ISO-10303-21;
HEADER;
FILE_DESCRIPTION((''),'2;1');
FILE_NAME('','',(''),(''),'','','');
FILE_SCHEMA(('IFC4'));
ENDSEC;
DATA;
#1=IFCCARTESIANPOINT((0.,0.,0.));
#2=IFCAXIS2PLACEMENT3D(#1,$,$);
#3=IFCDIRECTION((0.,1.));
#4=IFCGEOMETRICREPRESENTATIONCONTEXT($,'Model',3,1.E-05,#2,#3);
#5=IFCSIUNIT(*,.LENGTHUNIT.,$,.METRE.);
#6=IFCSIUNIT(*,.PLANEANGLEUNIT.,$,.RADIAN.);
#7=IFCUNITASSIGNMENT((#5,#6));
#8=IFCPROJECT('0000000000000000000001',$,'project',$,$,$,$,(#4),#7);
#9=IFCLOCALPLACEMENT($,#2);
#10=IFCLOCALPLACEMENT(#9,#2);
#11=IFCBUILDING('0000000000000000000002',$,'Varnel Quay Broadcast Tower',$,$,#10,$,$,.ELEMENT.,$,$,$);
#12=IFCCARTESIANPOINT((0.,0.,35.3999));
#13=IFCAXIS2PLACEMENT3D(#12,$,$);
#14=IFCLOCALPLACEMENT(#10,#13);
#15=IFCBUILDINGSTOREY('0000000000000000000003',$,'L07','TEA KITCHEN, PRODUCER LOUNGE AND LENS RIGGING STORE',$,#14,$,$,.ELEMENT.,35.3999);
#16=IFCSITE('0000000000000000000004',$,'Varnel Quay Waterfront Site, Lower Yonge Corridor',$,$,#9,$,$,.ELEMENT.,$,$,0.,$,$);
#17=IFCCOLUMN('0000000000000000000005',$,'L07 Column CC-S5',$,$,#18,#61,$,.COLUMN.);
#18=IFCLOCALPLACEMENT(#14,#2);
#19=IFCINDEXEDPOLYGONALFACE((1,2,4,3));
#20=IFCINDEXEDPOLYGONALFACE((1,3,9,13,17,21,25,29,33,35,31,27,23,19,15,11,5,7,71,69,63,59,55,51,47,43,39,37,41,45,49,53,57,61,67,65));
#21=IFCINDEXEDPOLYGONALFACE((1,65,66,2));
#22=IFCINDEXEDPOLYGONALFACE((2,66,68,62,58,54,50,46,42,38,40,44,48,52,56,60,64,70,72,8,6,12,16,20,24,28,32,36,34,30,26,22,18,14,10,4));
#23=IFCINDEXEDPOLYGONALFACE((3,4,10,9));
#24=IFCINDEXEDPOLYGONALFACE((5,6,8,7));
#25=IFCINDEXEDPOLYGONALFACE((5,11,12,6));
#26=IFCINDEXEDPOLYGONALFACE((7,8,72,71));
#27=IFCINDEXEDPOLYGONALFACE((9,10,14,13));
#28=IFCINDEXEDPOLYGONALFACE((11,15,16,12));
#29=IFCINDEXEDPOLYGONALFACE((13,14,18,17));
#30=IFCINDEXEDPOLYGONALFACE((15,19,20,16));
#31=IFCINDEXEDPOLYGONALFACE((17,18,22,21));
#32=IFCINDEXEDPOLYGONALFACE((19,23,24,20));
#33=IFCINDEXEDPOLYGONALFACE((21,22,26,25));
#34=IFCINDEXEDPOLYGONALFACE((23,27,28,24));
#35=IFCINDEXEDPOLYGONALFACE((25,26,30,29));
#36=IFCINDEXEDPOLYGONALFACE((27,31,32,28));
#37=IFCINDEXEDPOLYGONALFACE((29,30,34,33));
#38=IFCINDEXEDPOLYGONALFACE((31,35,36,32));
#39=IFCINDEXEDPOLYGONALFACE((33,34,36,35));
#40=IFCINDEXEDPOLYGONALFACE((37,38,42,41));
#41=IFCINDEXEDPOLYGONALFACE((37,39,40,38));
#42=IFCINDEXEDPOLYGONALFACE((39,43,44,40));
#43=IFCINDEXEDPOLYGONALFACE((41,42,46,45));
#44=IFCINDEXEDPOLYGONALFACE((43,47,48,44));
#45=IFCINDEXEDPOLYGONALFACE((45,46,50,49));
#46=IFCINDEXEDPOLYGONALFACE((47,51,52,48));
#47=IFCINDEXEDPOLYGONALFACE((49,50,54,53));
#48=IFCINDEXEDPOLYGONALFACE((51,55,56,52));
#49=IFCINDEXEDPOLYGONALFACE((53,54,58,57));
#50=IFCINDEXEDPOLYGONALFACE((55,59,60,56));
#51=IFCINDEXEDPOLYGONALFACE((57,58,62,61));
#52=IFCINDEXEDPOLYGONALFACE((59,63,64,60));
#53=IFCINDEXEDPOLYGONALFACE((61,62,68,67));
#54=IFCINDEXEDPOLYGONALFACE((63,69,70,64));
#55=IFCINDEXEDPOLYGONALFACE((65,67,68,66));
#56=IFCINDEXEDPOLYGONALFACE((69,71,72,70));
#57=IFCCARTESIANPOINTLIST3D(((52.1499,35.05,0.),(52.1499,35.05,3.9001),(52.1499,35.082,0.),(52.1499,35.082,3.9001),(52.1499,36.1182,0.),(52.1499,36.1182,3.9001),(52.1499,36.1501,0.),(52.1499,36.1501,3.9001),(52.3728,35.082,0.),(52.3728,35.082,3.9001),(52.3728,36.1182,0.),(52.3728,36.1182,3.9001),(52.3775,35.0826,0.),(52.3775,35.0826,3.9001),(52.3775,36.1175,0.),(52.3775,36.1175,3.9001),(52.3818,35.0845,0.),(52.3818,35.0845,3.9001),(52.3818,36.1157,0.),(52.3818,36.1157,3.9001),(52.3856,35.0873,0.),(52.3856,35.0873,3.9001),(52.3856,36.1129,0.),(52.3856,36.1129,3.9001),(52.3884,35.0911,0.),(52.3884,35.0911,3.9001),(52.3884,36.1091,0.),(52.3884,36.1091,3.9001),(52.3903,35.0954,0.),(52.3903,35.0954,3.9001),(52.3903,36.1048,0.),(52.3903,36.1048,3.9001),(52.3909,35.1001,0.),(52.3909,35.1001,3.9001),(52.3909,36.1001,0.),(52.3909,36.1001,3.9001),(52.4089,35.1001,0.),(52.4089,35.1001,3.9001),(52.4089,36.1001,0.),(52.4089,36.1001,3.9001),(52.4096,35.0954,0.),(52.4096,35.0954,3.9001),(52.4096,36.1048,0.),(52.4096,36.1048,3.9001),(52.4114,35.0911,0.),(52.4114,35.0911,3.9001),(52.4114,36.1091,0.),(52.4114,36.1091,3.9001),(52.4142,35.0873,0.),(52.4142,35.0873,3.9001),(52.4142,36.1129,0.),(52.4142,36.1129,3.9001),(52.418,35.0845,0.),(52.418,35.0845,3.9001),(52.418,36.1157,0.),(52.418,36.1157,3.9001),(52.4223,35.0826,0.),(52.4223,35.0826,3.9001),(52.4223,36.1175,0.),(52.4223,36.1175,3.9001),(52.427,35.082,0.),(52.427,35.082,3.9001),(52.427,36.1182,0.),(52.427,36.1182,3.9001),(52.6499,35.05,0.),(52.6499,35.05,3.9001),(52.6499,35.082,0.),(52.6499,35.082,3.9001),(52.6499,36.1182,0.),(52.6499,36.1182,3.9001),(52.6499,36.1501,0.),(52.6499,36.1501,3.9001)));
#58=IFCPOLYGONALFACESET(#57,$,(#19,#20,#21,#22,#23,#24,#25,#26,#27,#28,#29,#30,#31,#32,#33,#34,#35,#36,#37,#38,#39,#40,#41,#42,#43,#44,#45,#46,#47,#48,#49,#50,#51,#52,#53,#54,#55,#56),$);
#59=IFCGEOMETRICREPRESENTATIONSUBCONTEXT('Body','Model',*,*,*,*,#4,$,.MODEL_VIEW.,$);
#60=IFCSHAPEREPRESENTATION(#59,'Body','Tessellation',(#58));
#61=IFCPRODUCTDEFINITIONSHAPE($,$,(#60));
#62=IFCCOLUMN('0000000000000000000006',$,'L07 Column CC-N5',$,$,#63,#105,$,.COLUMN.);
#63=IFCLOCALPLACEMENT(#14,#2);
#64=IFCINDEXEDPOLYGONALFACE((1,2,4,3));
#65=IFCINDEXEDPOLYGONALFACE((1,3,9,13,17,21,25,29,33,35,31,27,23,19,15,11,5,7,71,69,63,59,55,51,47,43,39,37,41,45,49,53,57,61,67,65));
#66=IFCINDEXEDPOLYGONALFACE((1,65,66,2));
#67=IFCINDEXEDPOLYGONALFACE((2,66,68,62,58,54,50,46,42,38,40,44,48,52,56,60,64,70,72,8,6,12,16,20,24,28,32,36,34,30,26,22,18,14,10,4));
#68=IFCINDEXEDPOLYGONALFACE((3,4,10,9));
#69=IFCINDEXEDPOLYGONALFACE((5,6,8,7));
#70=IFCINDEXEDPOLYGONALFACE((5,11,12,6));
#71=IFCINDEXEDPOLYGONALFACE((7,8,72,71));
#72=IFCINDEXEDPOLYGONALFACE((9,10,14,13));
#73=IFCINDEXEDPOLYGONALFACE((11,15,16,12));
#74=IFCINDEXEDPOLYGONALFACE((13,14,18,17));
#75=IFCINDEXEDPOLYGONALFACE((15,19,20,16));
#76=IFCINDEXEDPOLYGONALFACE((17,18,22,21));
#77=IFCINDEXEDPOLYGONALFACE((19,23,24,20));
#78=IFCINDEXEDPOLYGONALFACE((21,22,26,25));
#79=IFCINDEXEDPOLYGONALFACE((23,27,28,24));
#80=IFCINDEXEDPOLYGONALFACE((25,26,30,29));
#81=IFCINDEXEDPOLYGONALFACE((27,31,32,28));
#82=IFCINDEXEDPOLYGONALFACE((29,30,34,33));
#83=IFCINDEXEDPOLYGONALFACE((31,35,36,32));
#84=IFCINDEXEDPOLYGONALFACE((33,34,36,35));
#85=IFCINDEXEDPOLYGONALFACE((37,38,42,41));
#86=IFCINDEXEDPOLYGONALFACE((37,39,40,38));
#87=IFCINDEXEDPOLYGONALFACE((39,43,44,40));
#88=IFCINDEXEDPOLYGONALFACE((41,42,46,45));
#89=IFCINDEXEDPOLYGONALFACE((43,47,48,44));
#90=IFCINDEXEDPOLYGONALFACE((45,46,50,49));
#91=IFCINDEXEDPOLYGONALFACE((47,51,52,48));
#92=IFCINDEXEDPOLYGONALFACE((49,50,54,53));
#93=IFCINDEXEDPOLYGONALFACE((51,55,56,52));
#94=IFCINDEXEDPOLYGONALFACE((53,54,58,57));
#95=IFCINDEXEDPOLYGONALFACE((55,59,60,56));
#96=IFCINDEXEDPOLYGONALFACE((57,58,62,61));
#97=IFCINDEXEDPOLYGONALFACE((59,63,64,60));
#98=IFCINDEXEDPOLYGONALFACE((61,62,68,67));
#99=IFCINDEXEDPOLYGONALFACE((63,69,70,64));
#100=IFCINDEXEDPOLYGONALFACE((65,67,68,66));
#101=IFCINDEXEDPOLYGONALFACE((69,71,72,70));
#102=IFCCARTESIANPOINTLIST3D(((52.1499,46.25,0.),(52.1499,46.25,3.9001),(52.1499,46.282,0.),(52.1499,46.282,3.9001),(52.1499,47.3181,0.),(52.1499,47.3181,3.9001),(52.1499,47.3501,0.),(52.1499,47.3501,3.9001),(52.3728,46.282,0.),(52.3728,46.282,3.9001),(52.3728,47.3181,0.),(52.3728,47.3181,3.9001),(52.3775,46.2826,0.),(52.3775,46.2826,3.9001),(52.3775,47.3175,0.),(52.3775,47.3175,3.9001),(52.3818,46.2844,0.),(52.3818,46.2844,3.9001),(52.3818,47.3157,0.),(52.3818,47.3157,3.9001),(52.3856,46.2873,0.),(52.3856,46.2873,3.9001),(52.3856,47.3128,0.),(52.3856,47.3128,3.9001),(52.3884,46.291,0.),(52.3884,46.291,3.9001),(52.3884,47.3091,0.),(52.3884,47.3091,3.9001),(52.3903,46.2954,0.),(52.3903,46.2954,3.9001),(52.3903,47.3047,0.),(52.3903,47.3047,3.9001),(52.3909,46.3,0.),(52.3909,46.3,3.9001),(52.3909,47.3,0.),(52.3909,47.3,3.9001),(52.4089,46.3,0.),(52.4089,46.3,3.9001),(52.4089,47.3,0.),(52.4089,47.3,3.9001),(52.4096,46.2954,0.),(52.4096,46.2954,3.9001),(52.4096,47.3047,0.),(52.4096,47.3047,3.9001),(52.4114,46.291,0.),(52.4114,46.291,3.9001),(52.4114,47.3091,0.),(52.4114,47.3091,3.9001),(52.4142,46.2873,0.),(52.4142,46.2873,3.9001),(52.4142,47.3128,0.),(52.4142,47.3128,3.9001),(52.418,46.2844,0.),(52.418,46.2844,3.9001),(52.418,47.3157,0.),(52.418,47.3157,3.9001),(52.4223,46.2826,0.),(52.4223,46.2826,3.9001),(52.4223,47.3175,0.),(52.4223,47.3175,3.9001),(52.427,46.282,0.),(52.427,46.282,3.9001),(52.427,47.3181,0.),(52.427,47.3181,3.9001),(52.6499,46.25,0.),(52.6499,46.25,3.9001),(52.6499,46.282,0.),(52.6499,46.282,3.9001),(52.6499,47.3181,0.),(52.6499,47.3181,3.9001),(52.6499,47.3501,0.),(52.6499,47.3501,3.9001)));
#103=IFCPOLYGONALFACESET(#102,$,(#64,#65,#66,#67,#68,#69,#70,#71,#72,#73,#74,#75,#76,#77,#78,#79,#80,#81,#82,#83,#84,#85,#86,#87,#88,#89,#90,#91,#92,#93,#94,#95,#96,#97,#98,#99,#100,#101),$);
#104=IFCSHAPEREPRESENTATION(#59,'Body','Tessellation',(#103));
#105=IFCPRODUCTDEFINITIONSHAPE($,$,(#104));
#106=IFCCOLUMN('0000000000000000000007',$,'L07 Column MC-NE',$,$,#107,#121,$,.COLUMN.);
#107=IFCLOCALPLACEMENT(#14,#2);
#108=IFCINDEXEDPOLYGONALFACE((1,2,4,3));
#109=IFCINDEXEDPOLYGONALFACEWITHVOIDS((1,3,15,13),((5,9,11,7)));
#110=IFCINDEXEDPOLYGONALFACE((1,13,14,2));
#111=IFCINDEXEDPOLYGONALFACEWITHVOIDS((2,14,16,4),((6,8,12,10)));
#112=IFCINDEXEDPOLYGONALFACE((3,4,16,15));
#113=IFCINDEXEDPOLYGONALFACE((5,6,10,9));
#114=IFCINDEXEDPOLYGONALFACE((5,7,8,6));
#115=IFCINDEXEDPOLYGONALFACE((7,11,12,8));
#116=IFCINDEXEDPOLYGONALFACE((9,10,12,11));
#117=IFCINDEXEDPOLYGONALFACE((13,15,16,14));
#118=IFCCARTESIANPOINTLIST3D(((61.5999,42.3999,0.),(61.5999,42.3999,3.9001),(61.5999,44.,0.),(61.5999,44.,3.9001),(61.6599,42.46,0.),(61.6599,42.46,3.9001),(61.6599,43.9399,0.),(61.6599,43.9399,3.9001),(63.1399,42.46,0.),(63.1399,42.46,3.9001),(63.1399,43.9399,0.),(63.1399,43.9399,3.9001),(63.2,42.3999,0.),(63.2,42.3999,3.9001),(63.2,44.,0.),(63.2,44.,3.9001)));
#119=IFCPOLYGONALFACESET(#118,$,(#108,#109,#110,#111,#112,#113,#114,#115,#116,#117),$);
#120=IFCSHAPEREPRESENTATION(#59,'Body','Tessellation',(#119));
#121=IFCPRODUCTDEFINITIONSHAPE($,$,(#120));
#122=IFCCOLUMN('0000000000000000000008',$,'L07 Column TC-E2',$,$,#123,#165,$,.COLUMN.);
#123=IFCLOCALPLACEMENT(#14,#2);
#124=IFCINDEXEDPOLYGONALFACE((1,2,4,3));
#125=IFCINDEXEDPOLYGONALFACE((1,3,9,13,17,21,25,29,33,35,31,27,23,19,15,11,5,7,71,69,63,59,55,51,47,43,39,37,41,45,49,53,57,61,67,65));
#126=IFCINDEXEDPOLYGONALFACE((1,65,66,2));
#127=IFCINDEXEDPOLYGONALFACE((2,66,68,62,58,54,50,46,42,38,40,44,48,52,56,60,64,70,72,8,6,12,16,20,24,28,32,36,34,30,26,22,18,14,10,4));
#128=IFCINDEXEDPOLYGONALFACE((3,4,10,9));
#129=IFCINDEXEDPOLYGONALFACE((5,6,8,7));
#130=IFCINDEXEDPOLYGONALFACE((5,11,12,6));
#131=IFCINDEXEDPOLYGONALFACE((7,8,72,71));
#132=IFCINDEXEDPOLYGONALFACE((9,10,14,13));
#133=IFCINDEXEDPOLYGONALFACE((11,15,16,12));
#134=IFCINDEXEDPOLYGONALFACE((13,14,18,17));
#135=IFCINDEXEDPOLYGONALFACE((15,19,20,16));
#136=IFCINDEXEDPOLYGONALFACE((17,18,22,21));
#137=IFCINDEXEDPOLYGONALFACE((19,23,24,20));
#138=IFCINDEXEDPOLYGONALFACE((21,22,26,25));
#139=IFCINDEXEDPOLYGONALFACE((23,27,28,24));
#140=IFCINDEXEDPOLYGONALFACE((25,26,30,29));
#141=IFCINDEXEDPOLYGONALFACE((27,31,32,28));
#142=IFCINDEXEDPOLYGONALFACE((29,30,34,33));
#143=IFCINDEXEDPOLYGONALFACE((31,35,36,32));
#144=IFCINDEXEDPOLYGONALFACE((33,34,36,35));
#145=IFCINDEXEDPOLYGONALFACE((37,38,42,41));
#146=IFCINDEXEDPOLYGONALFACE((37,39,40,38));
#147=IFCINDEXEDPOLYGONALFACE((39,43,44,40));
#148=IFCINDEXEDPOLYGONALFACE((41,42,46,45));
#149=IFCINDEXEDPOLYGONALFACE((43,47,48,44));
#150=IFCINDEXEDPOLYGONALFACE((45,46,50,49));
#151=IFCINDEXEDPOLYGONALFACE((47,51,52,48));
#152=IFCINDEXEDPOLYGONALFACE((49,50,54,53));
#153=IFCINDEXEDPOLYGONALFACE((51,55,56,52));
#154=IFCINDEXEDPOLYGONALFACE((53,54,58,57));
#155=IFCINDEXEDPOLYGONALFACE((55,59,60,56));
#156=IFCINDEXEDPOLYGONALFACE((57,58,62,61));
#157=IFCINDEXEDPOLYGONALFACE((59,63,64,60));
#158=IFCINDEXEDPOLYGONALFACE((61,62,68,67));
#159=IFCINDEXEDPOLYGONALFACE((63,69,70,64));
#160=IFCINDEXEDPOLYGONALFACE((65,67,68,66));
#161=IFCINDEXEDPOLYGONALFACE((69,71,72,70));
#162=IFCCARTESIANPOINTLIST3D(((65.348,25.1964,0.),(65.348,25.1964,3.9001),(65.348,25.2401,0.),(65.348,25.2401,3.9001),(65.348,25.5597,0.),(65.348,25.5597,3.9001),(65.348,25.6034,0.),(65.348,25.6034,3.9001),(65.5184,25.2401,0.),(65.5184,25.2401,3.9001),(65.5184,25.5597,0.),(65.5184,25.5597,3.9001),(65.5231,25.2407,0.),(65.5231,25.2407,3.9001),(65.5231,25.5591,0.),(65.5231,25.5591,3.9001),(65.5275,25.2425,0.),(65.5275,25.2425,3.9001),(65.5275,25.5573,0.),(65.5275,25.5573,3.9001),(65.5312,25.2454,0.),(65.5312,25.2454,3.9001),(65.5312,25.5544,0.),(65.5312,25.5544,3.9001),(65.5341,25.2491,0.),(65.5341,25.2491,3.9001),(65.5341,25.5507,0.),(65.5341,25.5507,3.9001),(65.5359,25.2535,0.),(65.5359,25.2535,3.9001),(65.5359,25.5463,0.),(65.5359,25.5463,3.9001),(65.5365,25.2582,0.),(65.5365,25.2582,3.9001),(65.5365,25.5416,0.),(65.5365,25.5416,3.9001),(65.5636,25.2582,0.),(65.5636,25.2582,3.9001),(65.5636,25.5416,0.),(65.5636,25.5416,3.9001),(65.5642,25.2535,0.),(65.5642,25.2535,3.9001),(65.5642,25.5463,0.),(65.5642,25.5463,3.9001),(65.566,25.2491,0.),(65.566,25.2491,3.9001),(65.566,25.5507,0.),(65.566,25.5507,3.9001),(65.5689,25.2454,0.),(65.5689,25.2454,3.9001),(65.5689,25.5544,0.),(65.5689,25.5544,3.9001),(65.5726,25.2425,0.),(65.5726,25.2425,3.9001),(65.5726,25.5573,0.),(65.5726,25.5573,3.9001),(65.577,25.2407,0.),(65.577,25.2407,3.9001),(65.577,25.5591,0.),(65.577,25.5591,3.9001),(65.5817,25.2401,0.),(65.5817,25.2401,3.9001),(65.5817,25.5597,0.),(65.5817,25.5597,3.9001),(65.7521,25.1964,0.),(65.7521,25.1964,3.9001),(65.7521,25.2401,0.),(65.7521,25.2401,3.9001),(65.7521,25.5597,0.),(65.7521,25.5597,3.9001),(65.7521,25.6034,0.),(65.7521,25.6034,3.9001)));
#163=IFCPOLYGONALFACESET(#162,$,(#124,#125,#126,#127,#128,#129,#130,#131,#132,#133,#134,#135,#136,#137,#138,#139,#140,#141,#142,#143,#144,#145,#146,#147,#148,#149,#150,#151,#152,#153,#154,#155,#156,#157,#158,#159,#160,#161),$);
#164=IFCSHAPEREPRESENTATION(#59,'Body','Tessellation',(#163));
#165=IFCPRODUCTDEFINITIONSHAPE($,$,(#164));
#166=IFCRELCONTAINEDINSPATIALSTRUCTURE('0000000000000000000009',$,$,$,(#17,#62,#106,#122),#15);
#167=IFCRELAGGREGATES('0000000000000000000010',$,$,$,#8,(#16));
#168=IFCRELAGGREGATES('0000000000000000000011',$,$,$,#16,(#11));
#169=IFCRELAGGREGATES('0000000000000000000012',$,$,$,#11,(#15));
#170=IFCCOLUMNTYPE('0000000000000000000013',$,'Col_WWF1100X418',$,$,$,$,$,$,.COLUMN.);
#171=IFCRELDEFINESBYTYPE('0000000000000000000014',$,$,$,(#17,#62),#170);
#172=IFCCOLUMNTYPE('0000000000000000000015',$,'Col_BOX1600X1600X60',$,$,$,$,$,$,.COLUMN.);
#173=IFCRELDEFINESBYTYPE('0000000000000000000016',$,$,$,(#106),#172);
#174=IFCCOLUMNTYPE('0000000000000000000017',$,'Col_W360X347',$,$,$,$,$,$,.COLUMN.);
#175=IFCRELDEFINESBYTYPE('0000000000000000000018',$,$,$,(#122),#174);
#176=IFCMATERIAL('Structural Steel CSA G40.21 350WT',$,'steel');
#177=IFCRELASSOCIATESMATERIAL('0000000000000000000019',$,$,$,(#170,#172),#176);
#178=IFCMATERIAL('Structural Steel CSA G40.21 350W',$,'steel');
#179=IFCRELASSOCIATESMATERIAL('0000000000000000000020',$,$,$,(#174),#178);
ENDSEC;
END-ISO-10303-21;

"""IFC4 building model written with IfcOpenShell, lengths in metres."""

from ifc_helpers import new_model, si_unit, direction, frame, origin, origin_2d, place, context, subcontext, project, spatial, hollow_rectangle, i_section, extrude, source, transform, mapped, material, material_profile, profile_set, type_object, type_shapes, element, save


model = new_model("IFC4")

# Units and contexts
model_context = context("Model", 3, precision=1e-05, world=origin(), true_north=direction((0.0, 1.0)))
body_context = subcontext(model_context, "Body", "Model", "MODEL_VIEW")
ifc_project = project(units=[si_unit("LENGTHUNIT", "METRE"), si_unit("PLANEANGLEUNIT", "RADIAN")], contexts=[model_context])

# Site, building, storey
site_placement = place(None, origin())
site = spatial("IfcSite", under=ifc_project, at=site_placement, Name="Varnel Quay Waterfront Site, Lower Yonge Corridor", CompositionType="ELEMENT", RefElevation=0.0)
building_placement = place(site_placement, origin())
building = spatial("IfcBuilding", under=site, at=building_placement, Name="Varnel Quay Broadcast Tower", CompositionType="ELEMENT")
storey_placement = place(building_placement, frame((0.0, 0.0, 35.3999)))
storey = spatial("IfcBuildingStorey", under=building, at=storey_placement, Name="L07", Description="TEA KITCHEN, PRODUCER LOUNGE AND LENS RIGGING STORE", CompositionType="ELEMENT", Elevation=35.3999)

# Columns
ifc_material_1 = material(Name="Structural Steel CSA G40.21 350WT", Category="steel")
ifc_material_profile_1 = material_profile(ifc_material_1, i_section(OverallWidth=0.5, OverallDepth=1.1001, WebThickness=0.0181, FlangeThickness=0.032, FilletRadius=0.0181, at=origin_2d()), Name="WWF1100X418")
ifc_profile_set_1 = profile_set([ifc_material_profile_1], Name="Structural Steel CSA G40.21 350WT")
column_type_1 = type_object("IfcColumnType", Name="Col_WWF1100X418", PredefinedType="COLUMN", material=ifc_profile_set_1)
shared_shape_1 = source(origin(), body_context, "Body", "SweptSolid", [
    extrude(i_section(OverallWidth=0.5, OverallDepth=1.1001, WebThickness=0.0181, FlangeThickness=0.032, FilletRadius=0.0181, at=origin_2d()), origin(), (0.0, 0.0, 1.0), 3.9001),
])
type_shapes(column_type_1, [shared_shape_1])
for number, where, z_axis, x_axis, name in (
    (1, (52.3999, 35.6001, 0.0), (0.0, 0.0, 1.0), (1.0, 0.0, 0.0), "L07 Column CC-S5"),
    (2, (52.3999, 46.8, 0.0), (0.0, 0.0, 1.0), (1.0, 0.0, 0.0), "L07 Column CC-N5"),
):
    element("IfcColumn", number, at=place(storey_placement, frame(where, z_axis=z_axis, x_axis=x_axis)), inside=storey, type_object=column_type_1, Name=name, PredefinedType="COLUMN", context=body_context, shape_type="MappedRepresentation", body=[
        mapped(shared_shape_1, transform((0.0, 0.0, 0.0), x_axis=(1.0, 0.0, 0.0), y_axis=(0.0, 1.0, 0.0), z_axis=(0.0, 0.0, 1.0), scale=1.0)),
    ])
ifc_material_profile_2 = material_profile(ifc_material_1, hollow_rectangle(XDim=1.6001, YDim=1.6001, WallThickness=0.0601, at=origin_2d()), Name="BOX1600X1600X60")
ifc_profile_set_2 = profile_set([ifc_material_profile_2], Name="Structural Steel CSA G40.21 350WT")
column_type_2 = type_object("IfcColumnType", Name="Col_BOX1600X1600X60", PredefinedType="COLUMN", material=ifc_profile_set_2)
shared_shape_2 = source(origin(), body_context, "Body", "SweptSolid", [
    extrude(hollow_rectangle(XDim=1.6001, YDim=1.6001, WallThickness=0.0601, at=origin_2d()), origin(), (0.0, 0.0, 1.0), 3.9001),
])
type_shapes(column_type_2, [shared_shape_2])
column_placement = place(storey_placement, frame((62.3999, 43.2, 0.0), z_axis=(0.0, 0.0, 1.0), x_axis=(1.0, 0.0, 0.0)))
element("IfcColumn", 3, at=column_placement, inside=storey, type_object=column_type_2, Name="L07 Column MC-NE", PredefinedType="COLUMN", context=body_context, shape_type="MappedRepresentation", body=[
    mapped(shared_shape_2, transform((0.0, 0.0, 0.0), x_axis=(1.0, 0.0, 0.0), y_axis=(0.0, 1.0, 0.0), z_axis=(0.0, 0.0, 1.0), scale=1.0)),
])
ifc_material_2 = material(Name="Structural Steel CSA G40.21 350W", Category="steel")
ifc_material_profile_3 = material_profile(ifc_material_2, i_section(OverallWidth=0.4041, OverallDepth=0.407, WebThickness=0.0271, FlangeThickness=0.0437, FilletRadius=0.0181, at=origin_2d()), Name="W360X347")
ifc_profile_set_3 = profile_set([ifc_material_profile_3], Name="Structural Steel CSA G40.21 350W")
column_type_3 = type_object("IfcColumnType", Name="Col_W360X347", PredefinedType="COLUMN", material=ifc_profile_set_3)
shared_shape_3 = source(origin(), body_context, "Body", "SweptSolid", [
    extrude(i_section(OverallWidth=0.4041, OverallDepth=0.407, WebThickness=0.0271, FlangeThickness=0.0437, FilletRadius=0.0181, at=origin_2d()), origin(), (0.0, 0.0, 1.0), 3.9001),
])
type_shapes(column_type_3, [shared_shape_3])
for number, where, z_axis, x_axis, name in (
    (4, (65.55, 25.3999, 0.0), (0.0, 0.0, 1.0), (1.0, 0.0, 0.0), "L07 Column TC-E2"),
):
    element("IfcColumn", number, at=place(storey_placement, frame(where, z_axis=z_axis, x_axis=x_axis)), inside=storey, type_object=column_type_3, Name=name, PredefinedType="COLUMN", context=body_context, shape_type="MappedRepresentation", body=[
        mapped(shared_shape_3, transform((0.0, 0.0, 0.0), x_axis=(1.0, 0.0, 0.0), y_axis=(0.0, 1.0, 0.0), z_axis=(0.0, 0.0, 1.0), scale=1.0)),
    ])

save(model, "model.ifc")
